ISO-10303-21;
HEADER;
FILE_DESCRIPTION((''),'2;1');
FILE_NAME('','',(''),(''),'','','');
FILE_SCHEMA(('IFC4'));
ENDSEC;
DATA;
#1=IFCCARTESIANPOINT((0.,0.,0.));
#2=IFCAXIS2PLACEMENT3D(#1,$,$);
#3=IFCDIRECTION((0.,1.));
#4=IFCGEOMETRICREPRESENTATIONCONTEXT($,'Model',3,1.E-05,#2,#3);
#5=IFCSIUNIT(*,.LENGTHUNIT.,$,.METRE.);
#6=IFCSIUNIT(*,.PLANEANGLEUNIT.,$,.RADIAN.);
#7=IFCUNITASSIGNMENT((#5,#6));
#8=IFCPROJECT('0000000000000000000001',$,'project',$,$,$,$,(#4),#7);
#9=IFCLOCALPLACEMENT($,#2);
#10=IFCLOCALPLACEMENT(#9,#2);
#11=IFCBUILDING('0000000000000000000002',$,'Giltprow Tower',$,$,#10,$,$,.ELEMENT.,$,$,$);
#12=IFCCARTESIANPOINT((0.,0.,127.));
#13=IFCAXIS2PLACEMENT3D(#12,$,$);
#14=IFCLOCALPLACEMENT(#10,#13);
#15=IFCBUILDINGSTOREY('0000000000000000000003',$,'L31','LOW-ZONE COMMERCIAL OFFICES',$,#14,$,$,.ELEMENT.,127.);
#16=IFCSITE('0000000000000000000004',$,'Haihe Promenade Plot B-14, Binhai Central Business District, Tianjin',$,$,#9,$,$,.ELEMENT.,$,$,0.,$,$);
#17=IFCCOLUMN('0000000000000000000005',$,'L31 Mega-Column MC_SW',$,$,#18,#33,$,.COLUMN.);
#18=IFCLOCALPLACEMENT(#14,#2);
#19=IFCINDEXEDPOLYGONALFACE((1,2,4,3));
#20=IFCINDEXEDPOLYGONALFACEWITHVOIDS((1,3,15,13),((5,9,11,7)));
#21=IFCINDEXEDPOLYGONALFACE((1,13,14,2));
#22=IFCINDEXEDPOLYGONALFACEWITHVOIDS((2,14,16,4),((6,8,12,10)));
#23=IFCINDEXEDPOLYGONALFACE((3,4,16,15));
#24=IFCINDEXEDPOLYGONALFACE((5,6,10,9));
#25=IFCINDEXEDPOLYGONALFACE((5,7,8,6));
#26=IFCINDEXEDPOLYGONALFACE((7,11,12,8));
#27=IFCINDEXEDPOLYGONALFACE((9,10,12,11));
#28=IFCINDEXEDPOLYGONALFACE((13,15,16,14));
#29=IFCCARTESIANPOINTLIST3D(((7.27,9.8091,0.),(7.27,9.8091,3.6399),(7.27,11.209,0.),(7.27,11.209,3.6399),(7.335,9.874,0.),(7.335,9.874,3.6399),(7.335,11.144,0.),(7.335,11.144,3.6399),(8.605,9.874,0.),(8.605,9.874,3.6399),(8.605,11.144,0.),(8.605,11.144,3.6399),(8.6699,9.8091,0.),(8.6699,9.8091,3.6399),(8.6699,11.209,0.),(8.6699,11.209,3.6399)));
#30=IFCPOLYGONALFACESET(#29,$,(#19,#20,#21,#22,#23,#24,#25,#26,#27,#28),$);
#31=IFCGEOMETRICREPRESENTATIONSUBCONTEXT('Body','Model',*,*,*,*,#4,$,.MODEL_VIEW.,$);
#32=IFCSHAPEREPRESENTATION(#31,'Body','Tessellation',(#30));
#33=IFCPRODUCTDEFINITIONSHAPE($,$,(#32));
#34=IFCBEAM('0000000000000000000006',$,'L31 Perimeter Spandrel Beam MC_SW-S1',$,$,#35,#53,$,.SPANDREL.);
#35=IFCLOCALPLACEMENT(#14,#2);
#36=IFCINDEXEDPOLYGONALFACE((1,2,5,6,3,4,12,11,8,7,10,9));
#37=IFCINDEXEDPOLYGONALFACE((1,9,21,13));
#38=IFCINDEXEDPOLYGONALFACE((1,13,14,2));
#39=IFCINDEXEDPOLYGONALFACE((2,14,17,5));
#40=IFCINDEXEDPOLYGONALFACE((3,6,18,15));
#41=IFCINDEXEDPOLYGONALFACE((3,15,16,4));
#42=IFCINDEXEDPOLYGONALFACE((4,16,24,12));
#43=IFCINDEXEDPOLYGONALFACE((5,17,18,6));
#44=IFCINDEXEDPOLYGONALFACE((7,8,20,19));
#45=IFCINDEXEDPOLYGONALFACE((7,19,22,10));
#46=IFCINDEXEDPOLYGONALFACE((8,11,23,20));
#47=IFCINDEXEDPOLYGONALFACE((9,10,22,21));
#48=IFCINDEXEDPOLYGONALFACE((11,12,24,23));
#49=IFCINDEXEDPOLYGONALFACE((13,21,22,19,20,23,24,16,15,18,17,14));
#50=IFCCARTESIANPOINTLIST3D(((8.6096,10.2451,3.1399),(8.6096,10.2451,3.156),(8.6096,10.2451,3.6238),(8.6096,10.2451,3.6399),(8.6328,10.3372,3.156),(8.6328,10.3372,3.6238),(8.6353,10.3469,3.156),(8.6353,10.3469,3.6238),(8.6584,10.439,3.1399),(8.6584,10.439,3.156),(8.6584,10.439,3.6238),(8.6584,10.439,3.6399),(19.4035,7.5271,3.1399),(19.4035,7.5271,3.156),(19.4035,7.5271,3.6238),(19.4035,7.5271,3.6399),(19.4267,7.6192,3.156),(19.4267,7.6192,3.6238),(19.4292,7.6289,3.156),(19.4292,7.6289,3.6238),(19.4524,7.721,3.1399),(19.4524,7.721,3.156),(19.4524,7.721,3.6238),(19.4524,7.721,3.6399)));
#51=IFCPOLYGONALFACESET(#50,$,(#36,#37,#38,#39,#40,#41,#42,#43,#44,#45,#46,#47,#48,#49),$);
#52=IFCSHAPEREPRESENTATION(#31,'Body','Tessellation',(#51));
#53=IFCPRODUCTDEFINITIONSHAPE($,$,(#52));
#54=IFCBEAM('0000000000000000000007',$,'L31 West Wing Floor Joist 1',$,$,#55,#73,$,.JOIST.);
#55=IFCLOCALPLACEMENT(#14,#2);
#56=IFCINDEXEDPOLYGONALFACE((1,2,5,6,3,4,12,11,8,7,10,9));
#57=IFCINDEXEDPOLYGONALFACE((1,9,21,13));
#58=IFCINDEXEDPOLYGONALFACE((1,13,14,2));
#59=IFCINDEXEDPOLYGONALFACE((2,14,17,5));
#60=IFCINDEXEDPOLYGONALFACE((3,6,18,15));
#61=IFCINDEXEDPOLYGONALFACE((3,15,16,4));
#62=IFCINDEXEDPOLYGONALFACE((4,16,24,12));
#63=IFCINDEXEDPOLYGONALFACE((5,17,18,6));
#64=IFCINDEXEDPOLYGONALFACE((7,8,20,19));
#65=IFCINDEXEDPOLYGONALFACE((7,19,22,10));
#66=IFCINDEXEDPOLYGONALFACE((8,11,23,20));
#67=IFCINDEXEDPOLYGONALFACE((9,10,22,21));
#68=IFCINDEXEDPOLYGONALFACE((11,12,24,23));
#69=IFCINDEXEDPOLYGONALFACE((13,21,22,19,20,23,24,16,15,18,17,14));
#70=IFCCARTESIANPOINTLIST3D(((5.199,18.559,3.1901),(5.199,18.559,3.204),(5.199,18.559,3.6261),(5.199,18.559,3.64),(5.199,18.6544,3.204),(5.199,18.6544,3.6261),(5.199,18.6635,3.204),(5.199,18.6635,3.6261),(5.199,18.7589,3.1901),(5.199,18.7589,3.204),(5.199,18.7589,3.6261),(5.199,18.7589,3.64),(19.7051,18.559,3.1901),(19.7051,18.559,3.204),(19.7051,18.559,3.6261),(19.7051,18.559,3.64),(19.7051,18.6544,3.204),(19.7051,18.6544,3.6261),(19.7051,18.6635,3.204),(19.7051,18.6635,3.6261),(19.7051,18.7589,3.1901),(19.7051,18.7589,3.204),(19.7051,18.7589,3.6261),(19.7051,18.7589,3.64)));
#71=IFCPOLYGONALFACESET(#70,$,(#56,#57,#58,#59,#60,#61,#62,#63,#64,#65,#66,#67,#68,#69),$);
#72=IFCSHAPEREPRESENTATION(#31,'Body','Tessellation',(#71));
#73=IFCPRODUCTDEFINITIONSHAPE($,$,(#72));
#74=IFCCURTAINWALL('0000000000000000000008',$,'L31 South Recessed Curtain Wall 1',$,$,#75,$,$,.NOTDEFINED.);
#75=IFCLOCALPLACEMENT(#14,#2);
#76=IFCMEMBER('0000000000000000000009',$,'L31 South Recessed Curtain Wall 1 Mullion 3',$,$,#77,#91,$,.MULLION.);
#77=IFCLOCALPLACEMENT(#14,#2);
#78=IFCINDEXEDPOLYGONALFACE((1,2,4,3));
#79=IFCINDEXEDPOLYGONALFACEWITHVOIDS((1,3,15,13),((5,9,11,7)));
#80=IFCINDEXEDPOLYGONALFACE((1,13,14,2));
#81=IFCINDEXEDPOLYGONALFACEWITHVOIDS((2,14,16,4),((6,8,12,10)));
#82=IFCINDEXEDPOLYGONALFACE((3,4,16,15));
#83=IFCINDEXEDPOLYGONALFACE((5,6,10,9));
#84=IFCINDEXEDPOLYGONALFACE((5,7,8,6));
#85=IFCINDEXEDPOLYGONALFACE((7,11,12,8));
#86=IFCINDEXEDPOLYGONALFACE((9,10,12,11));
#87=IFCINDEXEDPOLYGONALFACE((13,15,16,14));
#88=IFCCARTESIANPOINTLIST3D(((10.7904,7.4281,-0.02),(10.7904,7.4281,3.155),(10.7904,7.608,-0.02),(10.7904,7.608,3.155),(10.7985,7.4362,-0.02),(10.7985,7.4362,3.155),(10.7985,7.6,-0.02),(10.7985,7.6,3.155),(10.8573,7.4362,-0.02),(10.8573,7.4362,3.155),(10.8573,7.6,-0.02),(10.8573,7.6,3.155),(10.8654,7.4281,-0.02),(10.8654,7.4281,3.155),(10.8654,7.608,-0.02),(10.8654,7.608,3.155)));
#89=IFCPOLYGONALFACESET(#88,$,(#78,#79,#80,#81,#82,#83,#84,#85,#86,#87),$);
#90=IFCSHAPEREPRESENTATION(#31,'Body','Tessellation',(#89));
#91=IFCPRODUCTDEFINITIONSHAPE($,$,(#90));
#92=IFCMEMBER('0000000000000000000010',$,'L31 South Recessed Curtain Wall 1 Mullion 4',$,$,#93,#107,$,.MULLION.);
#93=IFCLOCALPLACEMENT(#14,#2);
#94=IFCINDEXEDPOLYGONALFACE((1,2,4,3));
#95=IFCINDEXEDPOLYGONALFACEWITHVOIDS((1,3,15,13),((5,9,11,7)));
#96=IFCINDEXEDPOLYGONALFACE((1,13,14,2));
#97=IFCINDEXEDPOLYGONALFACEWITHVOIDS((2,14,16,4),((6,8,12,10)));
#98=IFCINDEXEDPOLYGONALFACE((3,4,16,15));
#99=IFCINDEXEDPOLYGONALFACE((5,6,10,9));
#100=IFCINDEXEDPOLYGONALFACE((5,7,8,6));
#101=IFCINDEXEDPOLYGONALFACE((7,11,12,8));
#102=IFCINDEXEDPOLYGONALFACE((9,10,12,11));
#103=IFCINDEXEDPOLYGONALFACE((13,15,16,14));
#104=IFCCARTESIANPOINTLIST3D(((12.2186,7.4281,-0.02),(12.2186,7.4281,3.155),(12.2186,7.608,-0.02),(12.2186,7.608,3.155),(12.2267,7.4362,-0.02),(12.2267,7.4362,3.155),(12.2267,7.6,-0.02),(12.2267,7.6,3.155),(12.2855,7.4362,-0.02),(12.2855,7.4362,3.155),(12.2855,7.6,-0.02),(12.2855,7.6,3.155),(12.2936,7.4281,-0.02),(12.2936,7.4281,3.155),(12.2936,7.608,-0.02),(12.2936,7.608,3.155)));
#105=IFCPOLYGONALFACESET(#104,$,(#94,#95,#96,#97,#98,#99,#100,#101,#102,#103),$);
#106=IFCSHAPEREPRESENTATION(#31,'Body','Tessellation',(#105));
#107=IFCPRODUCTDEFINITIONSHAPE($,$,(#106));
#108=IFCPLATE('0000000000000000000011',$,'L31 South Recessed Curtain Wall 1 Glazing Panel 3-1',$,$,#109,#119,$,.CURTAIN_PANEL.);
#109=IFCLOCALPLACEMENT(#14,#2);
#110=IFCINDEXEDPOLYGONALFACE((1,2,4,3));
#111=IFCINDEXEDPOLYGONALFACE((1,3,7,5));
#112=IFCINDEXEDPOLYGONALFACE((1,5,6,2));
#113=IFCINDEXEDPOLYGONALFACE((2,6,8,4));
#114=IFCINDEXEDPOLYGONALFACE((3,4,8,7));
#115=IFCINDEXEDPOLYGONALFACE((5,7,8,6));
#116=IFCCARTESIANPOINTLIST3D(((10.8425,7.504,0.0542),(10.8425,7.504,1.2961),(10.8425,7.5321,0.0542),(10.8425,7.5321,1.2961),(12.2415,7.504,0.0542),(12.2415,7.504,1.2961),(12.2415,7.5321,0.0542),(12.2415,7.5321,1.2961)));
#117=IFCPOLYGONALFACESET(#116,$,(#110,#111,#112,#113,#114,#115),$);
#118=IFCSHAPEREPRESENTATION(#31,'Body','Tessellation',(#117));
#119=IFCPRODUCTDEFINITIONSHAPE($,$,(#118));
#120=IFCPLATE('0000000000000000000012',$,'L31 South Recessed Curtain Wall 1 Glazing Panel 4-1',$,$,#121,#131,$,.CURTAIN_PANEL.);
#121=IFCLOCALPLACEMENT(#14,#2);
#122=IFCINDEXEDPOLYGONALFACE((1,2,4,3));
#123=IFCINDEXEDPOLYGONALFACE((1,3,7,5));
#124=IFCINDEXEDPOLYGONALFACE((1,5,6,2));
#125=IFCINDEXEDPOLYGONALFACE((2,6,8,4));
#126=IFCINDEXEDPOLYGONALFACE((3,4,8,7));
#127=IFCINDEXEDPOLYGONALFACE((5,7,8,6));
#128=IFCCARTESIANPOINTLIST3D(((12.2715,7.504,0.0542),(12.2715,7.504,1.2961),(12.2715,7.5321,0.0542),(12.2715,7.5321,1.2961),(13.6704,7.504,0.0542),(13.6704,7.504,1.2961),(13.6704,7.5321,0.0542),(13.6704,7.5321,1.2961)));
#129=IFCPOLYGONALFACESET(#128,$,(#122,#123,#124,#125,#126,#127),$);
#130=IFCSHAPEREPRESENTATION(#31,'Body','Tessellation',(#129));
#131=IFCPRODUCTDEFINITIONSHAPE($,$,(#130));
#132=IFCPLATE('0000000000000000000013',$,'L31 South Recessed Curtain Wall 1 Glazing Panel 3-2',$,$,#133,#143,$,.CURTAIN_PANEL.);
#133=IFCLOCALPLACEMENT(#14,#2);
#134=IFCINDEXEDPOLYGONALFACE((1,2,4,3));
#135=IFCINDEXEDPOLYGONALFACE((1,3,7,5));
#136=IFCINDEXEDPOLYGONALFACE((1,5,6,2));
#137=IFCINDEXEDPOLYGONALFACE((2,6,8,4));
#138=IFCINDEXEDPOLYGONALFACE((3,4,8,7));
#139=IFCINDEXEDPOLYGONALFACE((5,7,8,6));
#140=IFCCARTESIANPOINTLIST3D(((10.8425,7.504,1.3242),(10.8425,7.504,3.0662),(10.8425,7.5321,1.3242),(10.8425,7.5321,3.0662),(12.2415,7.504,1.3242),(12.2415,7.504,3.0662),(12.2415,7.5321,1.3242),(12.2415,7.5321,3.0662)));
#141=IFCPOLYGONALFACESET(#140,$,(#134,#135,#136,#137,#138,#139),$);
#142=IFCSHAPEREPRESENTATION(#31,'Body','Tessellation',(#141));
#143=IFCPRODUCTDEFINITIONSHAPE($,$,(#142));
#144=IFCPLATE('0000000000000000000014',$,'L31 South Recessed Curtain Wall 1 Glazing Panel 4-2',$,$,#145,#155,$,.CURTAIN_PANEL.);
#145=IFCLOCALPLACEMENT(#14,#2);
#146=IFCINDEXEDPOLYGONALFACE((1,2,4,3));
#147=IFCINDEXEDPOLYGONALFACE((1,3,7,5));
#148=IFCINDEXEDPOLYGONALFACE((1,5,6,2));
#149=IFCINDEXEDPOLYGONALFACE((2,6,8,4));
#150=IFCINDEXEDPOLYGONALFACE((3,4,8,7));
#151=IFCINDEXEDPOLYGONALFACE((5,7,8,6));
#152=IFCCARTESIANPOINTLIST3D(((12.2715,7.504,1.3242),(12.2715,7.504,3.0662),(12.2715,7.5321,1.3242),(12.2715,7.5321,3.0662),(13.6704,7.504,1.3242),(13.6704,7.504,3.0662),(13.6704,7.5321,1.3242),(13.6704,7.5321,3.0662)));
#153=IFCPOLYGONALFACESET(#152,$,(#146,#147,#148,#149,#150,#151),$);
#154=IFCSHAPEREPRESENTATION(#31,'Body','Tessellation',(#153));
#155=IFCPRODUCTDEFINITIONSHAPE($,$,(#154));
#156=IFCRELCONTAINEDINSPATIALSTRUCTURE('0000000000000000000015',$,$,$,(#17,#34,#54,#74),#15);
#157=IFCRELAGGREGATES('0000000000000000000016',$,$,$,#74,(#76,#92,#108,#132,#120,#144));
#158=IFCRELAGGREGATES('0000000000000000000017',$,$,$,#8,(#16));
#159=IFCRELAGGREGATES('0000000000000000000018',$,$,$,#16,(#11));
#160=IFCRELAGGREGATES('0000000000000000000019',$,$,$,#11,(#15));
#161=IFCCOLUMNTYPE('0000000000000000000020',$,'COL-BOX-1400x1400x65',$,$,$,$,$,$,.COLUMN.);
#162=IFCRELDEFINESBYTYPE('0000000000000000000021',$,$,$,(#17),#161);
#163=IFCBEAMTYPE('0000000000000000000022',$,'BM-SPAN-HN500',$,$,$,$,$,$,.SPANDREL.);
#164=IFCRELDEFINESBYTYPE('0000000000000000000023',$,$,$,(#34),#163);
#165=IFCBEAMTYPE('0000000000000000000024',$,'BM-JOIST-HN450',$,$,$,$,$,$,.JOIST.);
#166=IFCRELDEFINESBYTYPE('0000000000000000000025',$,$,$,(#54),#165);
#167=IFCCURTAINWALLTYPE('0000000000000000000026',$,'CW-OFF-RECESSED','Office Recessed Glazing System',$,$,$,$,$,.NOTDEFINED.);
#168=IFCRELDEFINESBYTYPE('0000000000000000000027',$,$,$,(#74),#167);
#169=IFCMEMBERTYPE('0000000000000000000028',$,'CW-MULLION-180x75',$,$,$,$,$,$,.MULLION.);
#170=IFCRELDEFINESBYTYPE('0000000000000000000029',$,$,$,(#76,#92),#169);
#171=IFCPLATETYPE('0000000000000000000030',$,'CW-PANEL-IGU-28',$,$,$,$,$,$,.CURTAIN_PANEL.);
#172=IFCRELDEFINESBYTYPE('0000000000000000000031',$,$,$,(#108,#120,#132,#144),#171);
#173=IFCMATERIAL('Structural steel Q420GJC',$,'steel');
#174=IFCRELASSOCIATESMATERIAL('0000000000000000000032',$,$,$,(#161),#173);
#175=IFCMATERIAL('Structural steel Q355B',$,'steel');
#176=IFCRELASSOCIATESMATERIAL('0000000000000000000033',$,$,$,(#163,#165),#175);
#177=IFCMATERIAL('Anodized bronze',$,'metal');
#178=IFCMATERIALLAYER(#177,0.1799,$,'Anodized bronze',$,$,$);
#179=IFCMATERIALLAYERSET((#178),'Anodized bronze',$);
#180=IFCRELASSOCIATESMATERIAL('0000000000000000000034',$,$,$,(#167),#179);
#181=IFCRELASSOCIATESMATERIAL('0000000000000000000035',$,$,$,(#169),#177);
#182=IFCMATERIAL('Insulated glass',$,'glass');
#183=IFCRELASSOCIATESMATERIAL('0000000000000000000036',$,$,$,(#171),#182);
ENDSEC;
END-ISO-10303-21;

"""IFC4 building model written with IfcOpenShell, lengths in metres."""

from ifc_helpers import new_model, si_unit, direction, frame, origin, origin_2d, place, context, subcontext, project, spatial, rectangle, hollow_rectangle, i_section, extrude, source, transform, mapped, material, layer, layer_set, material_profile, profile_set, type_object, element, aggregate, save


model = new_model("IFC4")

# Units and contexts
model_context = context("Model", 3, precision=1e-05, world=origin(), true_north=direction((0.0, 1.0)))
body_context = subcontext(model_context, "Body", "Model", "MODEL_VIEW")
ifc_project = project(units=[si_unit("LENGTHUNIT", "METRE"), si_unit("PLANEANGLEUNIT", "RADIAN")], contexts=[model_context])

# Site, building, storey
site_placement = place(None, origin())
site = spatial("IfcSite", under=ifc_project, at=site_placement, Name="Haihe Promenade Plot B-14, Binhai Central Business District, Tianjin", CompositionType="ELEMENT", RefElevation=0.0)
building_placement = place(site_placement, origin())
building = spatial("IfcBuilding", under=site, at=building_placement, Name="Giltprow Tower", CompositionType="ELEMENT")
storey_placement = place(building_placement, frame((0.0, 0.0, 127.0)))
storey = spatial("IfcBuildingStorey", under=building, at=storey_placement, Name="L31", Description="LOW-ZONE COMMERCIAL OFFICES", CompositionType="ELEMENT", Elevation=127.0)

# Column
ifc_material_1 = material(Name="Structural steel Q420GJC", Category="steel")
ifc_material_profile_1 = material_profile(ifc_material_1, hollow_rectangle(XDim=1.3999, YDim=1.3999, WallThickness=0.0649, at=origin_2d()), Name="BOX 1400x1400x65")
ifc_profile_set_1 = profile_set([ifc_material_profile_1], Name="Structural steel Q420GJC")
column_type = type_object("IfcColumnType", Name="COL-BOX-1400x1400x65", PredefinedType="COLUMN", material=ifc_profile_set_1)
shared_shape_1 = source(origin(), body_context, "Body", "SweptSolid", [
    extrude(hollow_rectangle(XDim=1.3999, YDim=1.3999, WallThickness=0.0649, at=origin_2d()), origin(), (0.0, 0.0, 1.0), 3.6399),
])
column_placement = place(storey_placement, frame((7.97, 10.509, 0.0), z_axis=(0.0, 0.0, 1.0), x_axis=(1.0, 0.0, 0.0)))
element("IfcColumn", 1, at=column_placement, inside=storey, type_object=column_type, Name="L31 Mega-Column MC_SW", PredefinedType="COLUMN", context=body_context, shape_type="MappedRepresentation", body=[
    mapped(shared_shape_1, transform((0.0, 0.0, 0.0), x_axis=(1.0, 0.0, 0.0), y_axis=(0.0, 1.0, 0.0), z_axis=(0.0, 0.0, 1.0), scale=1.0)),
])

# Beams
ifc_material_2 = material(Name="Structural steel Q355B", Category="steel")
ifc_material_profile_2 = material_profile(ifc_material_2, i_section(OverallWidth=0.2, OverallDepth=0.5, WebThickness=0.01, FlangeThickness=0.0161, at=origin_2d()), Name="HN 500x200x10x16")
ifc_profile_set_2 = profile_set([ifc_material_profile_2], Name="Structural steel Q355B")
beam_type_1 = type_object("IfcBeamType", Name="BM-SPAN-HN500", PredefinedType="SPANDREL", material=ifc_profile_set_2)
shared_shape_2 = source(origin(), body_context, "Body", "SweptSolid", [
    extrude(i_section(OverallWidth=0.2, OverallDepth=0.5, WebThickness=0.01, FlangeThickness=0.0161, at=origin_2d()), origin(), (0.0, 0.0, 1.0), 11.1309),
])
beam_1_placement = place(storey_placement, frame((8.634, 10.342, 3.3899), z_axis=(0.969728, -0.244187, 0.0), x_axis=(0.244187, 0.969728, 0.0)))
element("IfcBeam", 2, at=beam_1_placement, inside=storey, type_object=beam_type_1, Name="L31 Perimeter Spandrel Beam MC_SW-S1", PredefinedType="SPANDREL", context=body_context, shape_type="MappedRepresentation", body=[
    mapped(shared_shape_2, transform((0.0, 0.0, 0.0), x_axis=(1.0, 0.0, 0.0), y_axis=(0.0, 1.0, 0.0), z_axis=(0.0, 0.0, 1.0), scale=1.0)),
])
ifc_material_profile_3 = material_profile(ifc_material_2, i_section(OverallWidth=0.2, OverallDepth=0.45, WebThickness=0.009, FlangeThickness=0.0139, at=origin_2d()), Name="HN 450x200x9x14")
ifc_profile_set_3 = profile_set([ifc_material_profile_3], Name="Structural steel Q355B")
beam_type_2 = type_object("IfcBeamType", Name="BM-JOIST-HN450", PredefinedType="JOIST", material=ifc_profile_set_3)
shared_shape_3 = source(origin(), body_context, "Body", "SweptSolid", [
    extrude(i_section(OverallWidth=0.2, OverallDepth=0.45, WebThickness=0.009, FlangeThickness=0.0139, at=origin_2d()), origin(), (0.0, 0.0, 1.0), 14.5061),
])
beam_2_placement = place(storey_placement, frame((5.199, 18.6589, 3.415), z_axis=(1.0, 0.0, 0.0), x_axis=(0.0, 1.0, 0.0)))
element("IfcBeam", 3, at=beam_2_placement, inside=storey, type_object=beam_type_2, Name="L31 West Wing Floor Joist 1", PredefinedType="JOIST", context=body_context, shape_type="MappedRepresentation", body=[
    mapped(shared_shape_3, transform((0.0, 0.0, 0.0), x_axis=(1.0, 0.0, 0.0), y_axis=(0.0, 1.0, 0.0), z_axis=(0.0, 0.0, 1.0), scale=1.0)),
])

# Curtain wall, members, plates
ifc_material_3 = material(Name="Anodized bronze", Category="metal")
ifc_layer_1 = layer(ifc_material_3, 0.1799, Name="Anodized bronze")
ifc_layer_set_1 = layer_set([ifc_layer_1], Name="Anodized bronze")
curtain_wall_type = type_object("IfcCurtainWallType", Name="CW-OFF-RECESSED", Description="Office Recessed Glazing System", PredefinedType="NOTDEFINED", material=ifc_layer_set_1)
curtain_wall_placement = place(storey_placement, origin())
curtain_wall = element("IfcCurtainWall", 4, at=curtain_wall_placement, inside=storey, type_object=curtain_wall_type, Name="L31 South Recessed Curtain Wall 1", PredefinedType="NOTDEFINED")
ifc_material_profile_4 = material_profile(ifc_material_3, hollow_rectangle(XDim=0.075, YDim=0.1799, WallThickness=0.0081, at=origin_2d()), Name="RHS 180x75x8")
ifc_profile_set_4 = profile_set([ifc_material_profile_4], Name="Anodized bronze")
member_type = type_object("IfcMemberType", Name="CW-MULLION-180x75", PredefinedType="MULLION", material=ifc_profile_set_4)
shared_shape_4 = source(origin(), body_context, "Body", "SweptSolid", [
    extrude(hollow_rectangle(XDim=0.075, YDim=0.1799, WallThickness=0.0081, at=origin_2d()), origin(), (0.0, 0.0, 1.0), 3.175),
])
member_1_placement = place(storey_placement, frame((10.8279, 7.5181, -0.02), z_axis=(0.0, 0.0, 1.0), x_axis=(1.0, 0.0, 0.0)))
member_1 = element("IfcMember", 5, at=member_1_placement, type_object=member_type, Name="L31 South Recessed Curtain Wall 1 Mullion 3", PredefinedType="MULLION", context=body_context, shape_type="MappedRepresentation", body=[
    mapped(shared_shape_4, transform((0.0, 0.0, 0.0), x_axis=(1.0, 0.0, 0.0), y_axis=(0.0, 1.0, 0.0), z_axis=(0.0, 0.0, 1.0), scale=1.0)),
])
member_2_placement = place(storey_placement, frame((12.2561, 7.5181, -0.02), z_axis=(0.0, 0.0, 1.0), x_axis=(1.0, 0.0, 0.0)))
member_2 = element("IfcMember", 6, at=member_2_placement, type_object=member_type, Name="L31 South Recessed Curtain Wall 1 Mullion 4", PredefinedType="MULLION", context=body_context, shape_type="MappedRepresentation", body=[
    mapped(shared_shape_4, transform((0.0, 0.0, 0.0), x_axis=(1.0, 0.0, 0.0), y_axis=(0.0, 1.0, 0.0), z_axis=(0.0, 0.0, 1.0), scale=1.0)),
])
ifc_material_4 = material(Name="Insulated glass", Category="glass")
plate_type = type_object("IfcPlateType", Name="CW-PANEL-IGU-28", PredefinedType="CURTAIN_PANEL", material=ifc_material_4)
shared_shape_5 = source(origin(), body_context, "Body", "SweptSolid", [
    extrude(rectangle(XDim=1.3989, YDim=0.0281, at=origin_2d()), origin(), (0.0, 0.0, 1.0), 1.2419),
])
plate_1_placement = place(storey_placement, frame((11.542, 7.5181, 0.0542), z_axis=(0.0, 0.0, 1.0), x_axis=(1.0, 0.0, 0.0)))
plate_1 = element("IfcPlate", 7, at=plate_1_placement, type_object=plate_type, Name="L31 South Recessed Curtain Wall 1 Glazing Panel 3-1", PredefinedType="CURTAIN_PANEL", context=body_context, shape_type="MappedRepresentation", body=[
    mapped(shared_shape_5, transform((0.0, 0.0, 0.0), x_axis=(1.0, 0.0, 0.0), y_axis=(0.0, 1.0, 0.0), z_axis=(0.0, 0.0, 1.0), scale=1.0)),
])
plate_2_placement = place(storey_placement, frame((12.9709, 7.5181, 0.0542), z_axis=(0.0, 0.0, 1.0), x_axis=(1.0, 0.0, 0.0)))
plate_2 = element("IfcPlate", 8, at=plate_2_placement, type_object=plate_type, Name="L31 South Recessed Curtain Wall 1 Glazing Panel 4-1", PredefinedType="CURTAIN_PANEL", context=body_context, shape_type="MappedRepresentation", body=[
    mapped(shared_shape_5, transform((0.0, 0.0, 0.0), x_axis=(1.0, 0.0, 0.0), y_axis=(0.0, 1.0, 0.0), z_axis=(0.0, 0.0, 1.0), scale=1.0)),
])
shared_shape_6 = source(origin(), body_context, "Body", "SweptSolid", [
    extrude(rectangle(XDim=1.3989, YDim=0.0281, at=origin_2d()), origin(), (0.0, 0.0, 1.0), 1.7419),
])
plate_3_placement = place(storey_placement, frame((11.542, 7.5181, 1.3242), z_axis=(0.0, 0.0, 1.0), x_axis=(1.0, 0.0, 0.0)))
plate_3 = element("IfcPlate", 9, at=plate_3_placement, type_object=plate_type, Name="L31 South Recessed Curtain Wall 1 Glazing Panel 3-2", PredefinedType="CURTAIN_PANEL", context=body_context, shape_type="MappedRepresentation", body=[
    mapped(shared_shape_6, transform((0.0, 0.0, 0.0), x_axis=(1.0, 0.0, 0.0), y_axis=(0.0, 1.0, 0.0), z_axis=(0.0, 0.0, 1.0), scale=1.0)),
])
plate_4_placement = place(storey_placement, frame((12.9709, 7.5181, 1.3242), z_axis=(0.0, 0.0, 1.0), x_axis=(1.0, 0.0, 0.0)))
plate_4 = element("IfcPlate", 10, at=plate_4_placement, type_object=plate_type, Name="L31 South Recessed Curtain Wall 1 Glazing Panel 4-2", PredefinedType="CURTAIN_PANEL", context=body_context, shape_type="MappedRepresentation", body=[
    mapped(shared_shape_6, transform((0.0, 0.0, 0.0), x_axis=(1.0, 0.0, 0.0), y_axis=(0.0, 1.0, 0.0), z_axis=(0.0, 0.0, 1.0), scale=1.0)),
])
aggregate(curtain_wall, [member_1, member_2, plate_1, plate_3, plate_2, plate_4])

save(model, "model.ifc")
